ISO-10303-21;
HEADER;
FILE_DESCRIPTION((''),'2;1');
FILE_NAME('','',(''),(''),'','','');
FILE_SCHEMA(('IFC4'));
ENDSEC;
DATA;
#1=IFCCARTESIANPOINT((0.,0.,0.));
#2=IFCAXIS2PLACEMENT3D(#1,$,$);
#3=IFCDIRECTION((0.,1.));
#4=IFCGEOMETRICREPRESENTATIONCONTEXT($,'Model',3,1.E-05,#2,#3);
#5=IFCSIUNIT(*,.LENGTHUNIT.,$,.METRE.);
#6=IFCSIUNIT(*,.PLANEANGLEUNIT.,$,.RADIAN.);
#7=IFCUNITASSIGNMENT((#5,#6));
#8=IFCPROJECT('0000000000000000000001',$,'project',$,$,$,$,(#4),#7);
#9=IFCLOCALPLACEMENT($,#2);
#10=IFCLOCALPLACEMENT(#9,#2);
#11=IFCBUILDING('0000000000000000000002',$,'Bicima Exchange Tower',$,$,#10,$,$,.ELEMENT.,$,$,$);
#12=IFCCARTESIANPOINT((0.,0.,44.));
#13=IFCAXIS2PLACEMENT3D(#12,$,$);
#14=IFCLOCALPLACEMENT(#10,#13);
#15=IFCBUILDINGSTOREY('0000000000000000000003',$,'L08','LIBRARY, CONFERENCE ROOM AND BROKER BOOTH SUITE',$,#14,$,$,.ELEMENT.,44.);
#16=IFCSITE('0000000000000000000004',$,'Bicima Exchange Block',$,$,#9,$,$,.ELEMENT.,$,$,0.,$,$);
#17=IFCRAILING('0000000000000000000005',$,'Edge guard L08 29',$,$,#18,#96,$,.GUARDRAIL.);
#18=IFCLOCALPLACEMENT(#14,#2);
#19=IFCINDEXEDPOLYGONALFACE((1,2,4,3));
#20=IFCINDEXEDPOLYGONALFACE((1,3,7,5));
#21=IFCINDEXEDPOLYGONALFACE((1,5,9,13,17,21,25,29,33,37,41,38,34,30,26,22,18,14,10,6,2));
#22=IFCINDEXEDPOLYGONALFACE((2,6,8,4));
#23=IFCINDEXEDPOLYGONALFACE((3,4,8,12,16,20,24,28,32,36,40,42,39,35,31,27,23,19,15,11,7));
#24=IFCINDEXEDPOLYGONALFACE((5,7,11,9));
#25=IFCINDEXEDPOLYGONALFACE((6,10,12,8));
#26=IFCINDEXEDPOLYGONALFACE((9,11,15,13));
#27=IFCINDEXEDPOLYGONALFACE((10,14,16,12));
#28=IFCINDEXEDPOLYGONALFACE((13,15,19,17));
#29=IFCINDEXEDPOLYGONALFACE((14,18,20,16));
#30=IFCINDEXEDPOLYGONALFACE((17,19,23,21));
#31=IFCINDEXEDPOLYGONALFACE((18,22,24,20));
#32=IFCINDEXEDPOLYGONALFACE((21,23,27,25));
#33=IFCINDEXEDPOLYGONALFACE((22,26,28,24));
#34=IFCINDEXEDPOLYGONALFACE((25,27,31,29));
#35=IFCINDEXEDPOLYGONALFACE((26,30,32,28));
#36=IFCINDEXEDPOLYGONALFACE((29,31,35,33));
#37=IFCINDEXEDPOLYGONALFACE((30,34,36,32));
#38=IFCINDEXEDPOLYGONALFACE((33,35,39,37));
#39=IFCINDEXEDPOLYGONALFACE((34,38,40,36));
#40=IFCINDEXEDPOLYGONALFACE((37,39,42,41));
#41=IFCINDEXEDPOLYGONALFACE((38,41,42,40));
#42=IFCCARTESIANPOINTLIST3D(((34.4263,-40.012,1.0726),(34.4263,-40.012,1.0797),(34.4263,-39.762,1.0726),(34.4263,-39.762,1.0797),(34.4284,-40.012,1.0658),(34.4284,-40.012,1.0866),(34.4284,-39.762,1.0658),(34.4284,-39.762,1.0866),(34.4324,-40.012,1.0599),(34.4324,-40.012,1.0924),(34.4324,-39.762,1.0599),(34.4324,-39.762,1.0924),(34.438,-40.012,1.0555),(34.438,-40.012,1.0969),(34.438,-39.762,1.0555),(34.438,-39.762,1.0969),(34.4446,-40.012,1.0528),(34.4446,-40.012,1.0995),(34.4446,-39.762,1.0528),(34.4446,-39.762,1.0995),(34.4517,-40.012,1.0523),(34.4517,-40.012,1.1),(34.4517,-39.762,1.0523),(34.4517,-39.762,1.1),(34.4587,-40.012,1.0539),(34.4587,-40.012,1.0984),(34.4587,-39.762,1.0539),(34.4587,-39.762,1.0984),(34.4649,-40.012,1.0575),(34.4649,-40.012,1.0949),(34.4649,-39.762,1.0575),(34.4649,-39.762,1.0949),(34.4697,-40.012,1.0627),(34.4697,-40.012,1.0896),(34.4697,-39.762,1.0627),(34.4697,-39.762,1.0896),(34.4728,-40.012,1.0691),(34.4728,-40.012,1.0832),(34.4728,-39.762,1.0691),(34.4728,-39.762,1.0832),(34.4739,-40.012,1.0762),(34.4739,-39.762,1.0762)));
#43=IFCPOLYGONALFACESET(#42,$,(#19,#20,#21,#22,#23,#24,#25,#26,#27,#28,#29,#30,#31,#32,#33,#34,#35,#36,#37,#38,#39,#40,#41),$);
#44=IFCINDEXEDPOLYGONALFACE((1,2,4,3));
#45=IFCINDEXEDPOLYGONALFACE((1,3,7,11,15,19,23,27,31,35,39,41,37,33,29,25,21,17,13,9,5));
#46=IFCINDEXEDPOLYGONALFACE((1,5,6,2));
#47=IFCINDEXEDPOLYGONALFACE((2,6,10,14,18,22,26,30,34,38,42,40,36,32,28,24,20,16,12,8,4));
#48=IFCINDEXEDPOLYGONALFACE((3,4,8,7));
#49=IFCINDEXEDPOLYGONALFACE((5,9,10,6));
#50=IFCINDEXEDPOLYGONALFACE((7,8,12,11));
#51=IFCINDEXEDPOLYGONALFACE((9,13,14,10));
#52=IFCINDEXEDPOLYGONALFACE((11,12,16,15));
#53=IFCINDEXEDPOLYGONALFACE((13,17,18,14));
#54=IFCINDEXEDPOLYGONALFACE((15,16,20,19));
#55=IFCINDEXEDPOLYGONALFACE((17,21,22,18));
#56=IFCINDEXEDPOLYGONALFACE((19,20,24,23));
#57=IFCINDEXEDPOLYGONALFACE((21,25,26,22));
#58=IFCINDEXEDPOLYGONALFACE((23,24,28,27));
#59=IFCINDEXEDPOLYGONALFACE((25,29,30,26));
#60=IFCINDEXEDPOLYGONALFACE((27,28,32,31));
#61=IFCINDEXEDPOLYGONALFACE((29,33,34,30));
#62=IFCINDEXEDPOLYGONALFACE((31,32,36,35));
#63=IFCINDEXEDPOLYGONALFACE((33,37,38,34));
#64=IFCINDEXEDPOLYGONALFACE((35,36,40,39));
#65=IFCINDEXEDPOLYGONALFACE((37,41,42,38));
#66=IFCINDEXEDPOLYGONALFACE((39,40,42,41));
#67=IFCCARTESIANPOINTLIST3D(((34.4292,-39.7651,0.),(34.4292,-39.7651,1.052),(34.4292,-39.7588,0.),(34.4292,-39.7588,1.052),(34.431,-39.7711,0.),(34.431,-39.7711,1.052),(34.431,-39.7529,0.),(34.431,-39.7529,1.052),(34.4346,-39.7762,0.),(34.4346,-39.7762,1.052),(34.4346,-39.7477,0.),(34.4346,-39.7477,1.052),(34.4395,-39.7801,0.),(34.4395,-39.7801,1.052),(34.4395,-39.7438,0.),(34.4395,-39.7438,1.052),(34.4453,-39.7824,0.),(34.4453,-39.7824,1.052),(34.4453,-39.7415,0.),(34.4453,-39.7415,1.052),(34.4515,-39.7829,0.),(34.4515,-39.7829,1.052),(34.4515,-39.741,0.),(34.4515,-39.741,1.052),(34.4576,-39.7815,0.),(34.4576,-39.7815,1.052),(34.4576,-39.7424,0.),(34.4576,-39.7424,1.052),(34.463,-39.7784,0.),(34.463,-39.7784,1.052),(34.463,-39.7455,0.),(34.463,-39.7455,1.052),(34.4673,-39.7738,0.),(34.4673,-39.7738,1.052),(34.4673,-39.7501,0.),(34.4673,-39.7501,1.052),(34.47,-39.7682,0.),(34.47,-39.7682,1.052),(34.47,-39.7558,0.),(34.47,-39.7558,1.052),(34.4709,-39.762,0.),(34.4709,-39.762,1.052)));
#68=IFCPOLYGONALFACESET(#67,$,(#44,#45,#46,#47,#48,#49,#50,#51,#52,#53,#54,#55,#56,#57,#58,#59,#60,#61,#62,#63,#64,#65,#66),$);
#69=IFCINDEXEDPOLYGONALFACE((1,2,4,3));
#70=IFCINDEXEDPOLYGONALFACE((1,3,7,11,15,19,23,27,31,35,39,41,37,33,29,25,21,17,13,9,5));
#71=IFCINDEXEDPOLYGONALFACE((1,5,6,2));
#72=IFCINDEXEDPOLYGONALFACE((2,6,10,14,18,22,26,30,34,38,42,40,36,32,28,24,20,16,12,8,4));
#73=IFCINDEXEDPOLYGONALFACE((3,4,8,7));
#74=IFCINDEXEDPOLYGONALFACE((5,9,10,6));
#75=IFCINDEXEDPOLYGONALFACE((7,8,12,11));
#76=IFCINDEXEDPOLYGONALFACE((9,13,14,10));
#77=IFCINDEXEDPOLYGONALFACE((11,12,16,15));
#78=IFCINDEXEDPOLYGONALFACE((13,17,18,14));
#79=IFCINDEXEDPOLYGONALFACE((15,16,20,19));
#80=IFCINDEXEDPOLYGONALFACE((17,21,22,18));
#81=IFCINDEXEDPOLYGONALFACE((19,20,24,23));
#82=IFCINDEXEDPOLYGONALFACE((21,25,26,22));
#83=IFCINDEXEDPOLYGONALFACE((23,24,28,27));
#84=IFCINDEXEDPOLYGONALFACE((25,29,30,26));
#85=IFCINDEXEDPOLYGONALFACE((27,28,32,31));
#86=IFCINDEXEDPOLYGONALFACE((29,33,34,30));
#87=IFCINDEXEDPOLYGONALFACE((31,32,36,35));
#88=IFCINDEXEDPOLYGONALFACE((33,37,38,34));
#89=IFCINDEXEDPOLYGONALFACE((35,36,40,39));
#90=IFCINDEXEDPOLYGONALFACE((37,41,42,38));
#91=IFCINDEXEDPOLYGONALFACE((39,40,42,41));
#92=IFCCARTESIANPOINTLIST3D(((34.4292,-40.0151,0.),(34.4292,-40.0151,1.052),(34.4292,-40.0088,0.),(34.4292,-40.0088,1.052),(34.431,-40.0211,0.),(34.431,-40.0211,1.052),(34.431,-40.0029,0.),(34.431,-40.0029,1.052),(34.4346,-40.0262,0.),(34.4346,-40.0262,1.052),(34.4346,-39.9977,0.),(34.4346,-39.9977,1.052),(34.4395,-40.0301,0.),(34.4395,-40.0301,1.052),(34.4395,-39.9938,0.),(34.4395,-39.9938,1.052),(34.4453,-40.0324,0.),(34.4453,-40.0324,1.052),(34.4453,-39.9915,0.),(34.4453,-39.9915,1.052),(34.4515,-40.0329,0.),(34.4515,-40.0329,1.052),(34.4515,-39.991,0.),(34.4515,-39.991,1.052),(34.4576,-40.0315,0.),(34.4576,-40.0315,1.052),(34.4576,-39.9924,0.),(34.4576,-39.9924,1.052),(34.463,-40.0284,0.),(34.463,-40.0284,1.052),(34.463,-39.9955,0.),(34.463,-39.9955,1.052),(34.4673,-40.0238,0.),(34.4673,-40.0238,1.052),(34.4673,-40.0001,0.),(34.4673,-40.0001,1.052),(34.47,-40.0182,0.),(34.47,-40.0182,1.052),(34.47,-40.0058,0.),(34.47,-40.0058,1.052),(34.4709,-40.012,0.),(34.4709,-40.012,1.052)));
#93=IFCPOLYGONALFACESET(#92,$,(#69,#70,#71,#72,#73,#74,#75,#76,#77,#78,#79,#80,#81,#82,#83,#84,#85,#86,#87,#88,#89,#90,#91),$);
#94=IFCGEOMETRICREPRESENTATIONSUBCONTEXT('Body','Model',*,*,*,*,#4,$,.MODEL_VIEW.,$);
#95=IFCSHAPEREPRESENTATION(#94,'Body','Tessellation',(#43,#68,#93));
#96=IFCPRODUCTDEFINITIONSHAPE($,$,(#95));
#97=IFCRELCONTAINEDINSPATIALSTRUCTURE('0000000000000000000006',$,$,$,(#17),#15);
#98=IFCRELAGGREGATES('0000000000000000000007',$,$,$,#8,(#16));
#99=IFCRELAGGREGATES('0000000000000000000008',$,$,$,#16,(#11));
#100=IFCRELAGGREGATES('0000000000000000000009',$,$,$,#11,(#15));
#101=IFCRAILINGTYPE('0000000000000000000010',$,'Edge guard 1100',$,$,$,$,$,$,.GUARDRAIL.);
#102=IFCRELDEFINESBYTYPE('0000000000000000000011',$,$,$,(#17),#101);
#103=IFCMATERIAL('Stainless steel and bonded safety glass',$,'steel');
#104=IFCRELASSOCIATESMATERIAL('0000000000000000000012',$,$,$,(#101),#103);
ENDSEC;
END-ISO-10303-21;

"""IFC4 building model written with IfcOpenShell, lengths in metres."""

from ifc_helpers import new_model, si_unit, direction, frame, origin, origin_2d, place, context, subcontext, project, spatial, circle, extrude, material, type_object, element, save


model = new_model("IFC4")

# Units and contexts
model_context = context("Model", 3, precision=1e-05, world=origin(), true_north=direction((0.0, 1.0)))
body_context = subcontext(model_context, "Body", "Model", "MODEL_VIEW")
ifc_project = project(units=[si_unit("LENGTHUNIT", "METRE"), si_unit("PLANEANGLEUNIT", "RADIAN")], contexts=[model_context])

# Site, building, storey
site_placement = place(None, origin())
site = spatial("IfcSite", under=ifc_project, at=site_placement, Name="Bicima Exchange Block", CompositionType="ELEMENT", RefElevation=0.0)
building_placement = place(site_placement, origin())
building = spatial("IfcBuilding", under=site, at=building_placement, Name="Bicima Exchange Tower", CompositionType="ELEMENT")
storey_placement = place(building_placement, frame((0.0, 0.0, 44.0)))
storey = spatial("IfcBuildingStorey", under=building, at=storey_placement, Name="L08", Description="LIBRARY, CONFERENCE ROOM AND BROKER BOOTH SUITE", CompositionType="ELEMENT", Elevation=44.0)

# Railing
ifc_material_1 = material(Name="Stainless steel and bonded safety glass", Category="steel")
railing_type = type_object("IfcRailingType", Name="Edge guard 1100", PredefinedType="GUARDRAIL", material=ifc_material_1)
railing_1_placement = place(storey_placement, frame((34.45, -39.762, 0.0)))
element("IfcRailing", 1, at=railing_1_placement, inside=storey, type_object=railing_type, Name="Edge guard L08 29", PredefinedType="GUARDRAIL", context=body_context, shape_type="SweptSolid", body=[
    extrude(circle(Radius=0.0239, at=origin_2d()), frame((0.0, 0.0, 1.0762), z_axis=(0.0, -1.0, 0.0), x_axis=(1.0, 0.0, 0.0)), (0.0, 0.0, 1.0), 0.25),
    extrude(circle(Radius=0.021, at=origin_2d()), origin(), (0.0, 0.0, 1.0), 1.052),
    extrude(circle(Radius=0.021, at=origin_2d()), frame((0.0, -0.25, 0.0)), (0.0, 0.0, 1.0), 1.052),
])

save(model, "model.ifc")
